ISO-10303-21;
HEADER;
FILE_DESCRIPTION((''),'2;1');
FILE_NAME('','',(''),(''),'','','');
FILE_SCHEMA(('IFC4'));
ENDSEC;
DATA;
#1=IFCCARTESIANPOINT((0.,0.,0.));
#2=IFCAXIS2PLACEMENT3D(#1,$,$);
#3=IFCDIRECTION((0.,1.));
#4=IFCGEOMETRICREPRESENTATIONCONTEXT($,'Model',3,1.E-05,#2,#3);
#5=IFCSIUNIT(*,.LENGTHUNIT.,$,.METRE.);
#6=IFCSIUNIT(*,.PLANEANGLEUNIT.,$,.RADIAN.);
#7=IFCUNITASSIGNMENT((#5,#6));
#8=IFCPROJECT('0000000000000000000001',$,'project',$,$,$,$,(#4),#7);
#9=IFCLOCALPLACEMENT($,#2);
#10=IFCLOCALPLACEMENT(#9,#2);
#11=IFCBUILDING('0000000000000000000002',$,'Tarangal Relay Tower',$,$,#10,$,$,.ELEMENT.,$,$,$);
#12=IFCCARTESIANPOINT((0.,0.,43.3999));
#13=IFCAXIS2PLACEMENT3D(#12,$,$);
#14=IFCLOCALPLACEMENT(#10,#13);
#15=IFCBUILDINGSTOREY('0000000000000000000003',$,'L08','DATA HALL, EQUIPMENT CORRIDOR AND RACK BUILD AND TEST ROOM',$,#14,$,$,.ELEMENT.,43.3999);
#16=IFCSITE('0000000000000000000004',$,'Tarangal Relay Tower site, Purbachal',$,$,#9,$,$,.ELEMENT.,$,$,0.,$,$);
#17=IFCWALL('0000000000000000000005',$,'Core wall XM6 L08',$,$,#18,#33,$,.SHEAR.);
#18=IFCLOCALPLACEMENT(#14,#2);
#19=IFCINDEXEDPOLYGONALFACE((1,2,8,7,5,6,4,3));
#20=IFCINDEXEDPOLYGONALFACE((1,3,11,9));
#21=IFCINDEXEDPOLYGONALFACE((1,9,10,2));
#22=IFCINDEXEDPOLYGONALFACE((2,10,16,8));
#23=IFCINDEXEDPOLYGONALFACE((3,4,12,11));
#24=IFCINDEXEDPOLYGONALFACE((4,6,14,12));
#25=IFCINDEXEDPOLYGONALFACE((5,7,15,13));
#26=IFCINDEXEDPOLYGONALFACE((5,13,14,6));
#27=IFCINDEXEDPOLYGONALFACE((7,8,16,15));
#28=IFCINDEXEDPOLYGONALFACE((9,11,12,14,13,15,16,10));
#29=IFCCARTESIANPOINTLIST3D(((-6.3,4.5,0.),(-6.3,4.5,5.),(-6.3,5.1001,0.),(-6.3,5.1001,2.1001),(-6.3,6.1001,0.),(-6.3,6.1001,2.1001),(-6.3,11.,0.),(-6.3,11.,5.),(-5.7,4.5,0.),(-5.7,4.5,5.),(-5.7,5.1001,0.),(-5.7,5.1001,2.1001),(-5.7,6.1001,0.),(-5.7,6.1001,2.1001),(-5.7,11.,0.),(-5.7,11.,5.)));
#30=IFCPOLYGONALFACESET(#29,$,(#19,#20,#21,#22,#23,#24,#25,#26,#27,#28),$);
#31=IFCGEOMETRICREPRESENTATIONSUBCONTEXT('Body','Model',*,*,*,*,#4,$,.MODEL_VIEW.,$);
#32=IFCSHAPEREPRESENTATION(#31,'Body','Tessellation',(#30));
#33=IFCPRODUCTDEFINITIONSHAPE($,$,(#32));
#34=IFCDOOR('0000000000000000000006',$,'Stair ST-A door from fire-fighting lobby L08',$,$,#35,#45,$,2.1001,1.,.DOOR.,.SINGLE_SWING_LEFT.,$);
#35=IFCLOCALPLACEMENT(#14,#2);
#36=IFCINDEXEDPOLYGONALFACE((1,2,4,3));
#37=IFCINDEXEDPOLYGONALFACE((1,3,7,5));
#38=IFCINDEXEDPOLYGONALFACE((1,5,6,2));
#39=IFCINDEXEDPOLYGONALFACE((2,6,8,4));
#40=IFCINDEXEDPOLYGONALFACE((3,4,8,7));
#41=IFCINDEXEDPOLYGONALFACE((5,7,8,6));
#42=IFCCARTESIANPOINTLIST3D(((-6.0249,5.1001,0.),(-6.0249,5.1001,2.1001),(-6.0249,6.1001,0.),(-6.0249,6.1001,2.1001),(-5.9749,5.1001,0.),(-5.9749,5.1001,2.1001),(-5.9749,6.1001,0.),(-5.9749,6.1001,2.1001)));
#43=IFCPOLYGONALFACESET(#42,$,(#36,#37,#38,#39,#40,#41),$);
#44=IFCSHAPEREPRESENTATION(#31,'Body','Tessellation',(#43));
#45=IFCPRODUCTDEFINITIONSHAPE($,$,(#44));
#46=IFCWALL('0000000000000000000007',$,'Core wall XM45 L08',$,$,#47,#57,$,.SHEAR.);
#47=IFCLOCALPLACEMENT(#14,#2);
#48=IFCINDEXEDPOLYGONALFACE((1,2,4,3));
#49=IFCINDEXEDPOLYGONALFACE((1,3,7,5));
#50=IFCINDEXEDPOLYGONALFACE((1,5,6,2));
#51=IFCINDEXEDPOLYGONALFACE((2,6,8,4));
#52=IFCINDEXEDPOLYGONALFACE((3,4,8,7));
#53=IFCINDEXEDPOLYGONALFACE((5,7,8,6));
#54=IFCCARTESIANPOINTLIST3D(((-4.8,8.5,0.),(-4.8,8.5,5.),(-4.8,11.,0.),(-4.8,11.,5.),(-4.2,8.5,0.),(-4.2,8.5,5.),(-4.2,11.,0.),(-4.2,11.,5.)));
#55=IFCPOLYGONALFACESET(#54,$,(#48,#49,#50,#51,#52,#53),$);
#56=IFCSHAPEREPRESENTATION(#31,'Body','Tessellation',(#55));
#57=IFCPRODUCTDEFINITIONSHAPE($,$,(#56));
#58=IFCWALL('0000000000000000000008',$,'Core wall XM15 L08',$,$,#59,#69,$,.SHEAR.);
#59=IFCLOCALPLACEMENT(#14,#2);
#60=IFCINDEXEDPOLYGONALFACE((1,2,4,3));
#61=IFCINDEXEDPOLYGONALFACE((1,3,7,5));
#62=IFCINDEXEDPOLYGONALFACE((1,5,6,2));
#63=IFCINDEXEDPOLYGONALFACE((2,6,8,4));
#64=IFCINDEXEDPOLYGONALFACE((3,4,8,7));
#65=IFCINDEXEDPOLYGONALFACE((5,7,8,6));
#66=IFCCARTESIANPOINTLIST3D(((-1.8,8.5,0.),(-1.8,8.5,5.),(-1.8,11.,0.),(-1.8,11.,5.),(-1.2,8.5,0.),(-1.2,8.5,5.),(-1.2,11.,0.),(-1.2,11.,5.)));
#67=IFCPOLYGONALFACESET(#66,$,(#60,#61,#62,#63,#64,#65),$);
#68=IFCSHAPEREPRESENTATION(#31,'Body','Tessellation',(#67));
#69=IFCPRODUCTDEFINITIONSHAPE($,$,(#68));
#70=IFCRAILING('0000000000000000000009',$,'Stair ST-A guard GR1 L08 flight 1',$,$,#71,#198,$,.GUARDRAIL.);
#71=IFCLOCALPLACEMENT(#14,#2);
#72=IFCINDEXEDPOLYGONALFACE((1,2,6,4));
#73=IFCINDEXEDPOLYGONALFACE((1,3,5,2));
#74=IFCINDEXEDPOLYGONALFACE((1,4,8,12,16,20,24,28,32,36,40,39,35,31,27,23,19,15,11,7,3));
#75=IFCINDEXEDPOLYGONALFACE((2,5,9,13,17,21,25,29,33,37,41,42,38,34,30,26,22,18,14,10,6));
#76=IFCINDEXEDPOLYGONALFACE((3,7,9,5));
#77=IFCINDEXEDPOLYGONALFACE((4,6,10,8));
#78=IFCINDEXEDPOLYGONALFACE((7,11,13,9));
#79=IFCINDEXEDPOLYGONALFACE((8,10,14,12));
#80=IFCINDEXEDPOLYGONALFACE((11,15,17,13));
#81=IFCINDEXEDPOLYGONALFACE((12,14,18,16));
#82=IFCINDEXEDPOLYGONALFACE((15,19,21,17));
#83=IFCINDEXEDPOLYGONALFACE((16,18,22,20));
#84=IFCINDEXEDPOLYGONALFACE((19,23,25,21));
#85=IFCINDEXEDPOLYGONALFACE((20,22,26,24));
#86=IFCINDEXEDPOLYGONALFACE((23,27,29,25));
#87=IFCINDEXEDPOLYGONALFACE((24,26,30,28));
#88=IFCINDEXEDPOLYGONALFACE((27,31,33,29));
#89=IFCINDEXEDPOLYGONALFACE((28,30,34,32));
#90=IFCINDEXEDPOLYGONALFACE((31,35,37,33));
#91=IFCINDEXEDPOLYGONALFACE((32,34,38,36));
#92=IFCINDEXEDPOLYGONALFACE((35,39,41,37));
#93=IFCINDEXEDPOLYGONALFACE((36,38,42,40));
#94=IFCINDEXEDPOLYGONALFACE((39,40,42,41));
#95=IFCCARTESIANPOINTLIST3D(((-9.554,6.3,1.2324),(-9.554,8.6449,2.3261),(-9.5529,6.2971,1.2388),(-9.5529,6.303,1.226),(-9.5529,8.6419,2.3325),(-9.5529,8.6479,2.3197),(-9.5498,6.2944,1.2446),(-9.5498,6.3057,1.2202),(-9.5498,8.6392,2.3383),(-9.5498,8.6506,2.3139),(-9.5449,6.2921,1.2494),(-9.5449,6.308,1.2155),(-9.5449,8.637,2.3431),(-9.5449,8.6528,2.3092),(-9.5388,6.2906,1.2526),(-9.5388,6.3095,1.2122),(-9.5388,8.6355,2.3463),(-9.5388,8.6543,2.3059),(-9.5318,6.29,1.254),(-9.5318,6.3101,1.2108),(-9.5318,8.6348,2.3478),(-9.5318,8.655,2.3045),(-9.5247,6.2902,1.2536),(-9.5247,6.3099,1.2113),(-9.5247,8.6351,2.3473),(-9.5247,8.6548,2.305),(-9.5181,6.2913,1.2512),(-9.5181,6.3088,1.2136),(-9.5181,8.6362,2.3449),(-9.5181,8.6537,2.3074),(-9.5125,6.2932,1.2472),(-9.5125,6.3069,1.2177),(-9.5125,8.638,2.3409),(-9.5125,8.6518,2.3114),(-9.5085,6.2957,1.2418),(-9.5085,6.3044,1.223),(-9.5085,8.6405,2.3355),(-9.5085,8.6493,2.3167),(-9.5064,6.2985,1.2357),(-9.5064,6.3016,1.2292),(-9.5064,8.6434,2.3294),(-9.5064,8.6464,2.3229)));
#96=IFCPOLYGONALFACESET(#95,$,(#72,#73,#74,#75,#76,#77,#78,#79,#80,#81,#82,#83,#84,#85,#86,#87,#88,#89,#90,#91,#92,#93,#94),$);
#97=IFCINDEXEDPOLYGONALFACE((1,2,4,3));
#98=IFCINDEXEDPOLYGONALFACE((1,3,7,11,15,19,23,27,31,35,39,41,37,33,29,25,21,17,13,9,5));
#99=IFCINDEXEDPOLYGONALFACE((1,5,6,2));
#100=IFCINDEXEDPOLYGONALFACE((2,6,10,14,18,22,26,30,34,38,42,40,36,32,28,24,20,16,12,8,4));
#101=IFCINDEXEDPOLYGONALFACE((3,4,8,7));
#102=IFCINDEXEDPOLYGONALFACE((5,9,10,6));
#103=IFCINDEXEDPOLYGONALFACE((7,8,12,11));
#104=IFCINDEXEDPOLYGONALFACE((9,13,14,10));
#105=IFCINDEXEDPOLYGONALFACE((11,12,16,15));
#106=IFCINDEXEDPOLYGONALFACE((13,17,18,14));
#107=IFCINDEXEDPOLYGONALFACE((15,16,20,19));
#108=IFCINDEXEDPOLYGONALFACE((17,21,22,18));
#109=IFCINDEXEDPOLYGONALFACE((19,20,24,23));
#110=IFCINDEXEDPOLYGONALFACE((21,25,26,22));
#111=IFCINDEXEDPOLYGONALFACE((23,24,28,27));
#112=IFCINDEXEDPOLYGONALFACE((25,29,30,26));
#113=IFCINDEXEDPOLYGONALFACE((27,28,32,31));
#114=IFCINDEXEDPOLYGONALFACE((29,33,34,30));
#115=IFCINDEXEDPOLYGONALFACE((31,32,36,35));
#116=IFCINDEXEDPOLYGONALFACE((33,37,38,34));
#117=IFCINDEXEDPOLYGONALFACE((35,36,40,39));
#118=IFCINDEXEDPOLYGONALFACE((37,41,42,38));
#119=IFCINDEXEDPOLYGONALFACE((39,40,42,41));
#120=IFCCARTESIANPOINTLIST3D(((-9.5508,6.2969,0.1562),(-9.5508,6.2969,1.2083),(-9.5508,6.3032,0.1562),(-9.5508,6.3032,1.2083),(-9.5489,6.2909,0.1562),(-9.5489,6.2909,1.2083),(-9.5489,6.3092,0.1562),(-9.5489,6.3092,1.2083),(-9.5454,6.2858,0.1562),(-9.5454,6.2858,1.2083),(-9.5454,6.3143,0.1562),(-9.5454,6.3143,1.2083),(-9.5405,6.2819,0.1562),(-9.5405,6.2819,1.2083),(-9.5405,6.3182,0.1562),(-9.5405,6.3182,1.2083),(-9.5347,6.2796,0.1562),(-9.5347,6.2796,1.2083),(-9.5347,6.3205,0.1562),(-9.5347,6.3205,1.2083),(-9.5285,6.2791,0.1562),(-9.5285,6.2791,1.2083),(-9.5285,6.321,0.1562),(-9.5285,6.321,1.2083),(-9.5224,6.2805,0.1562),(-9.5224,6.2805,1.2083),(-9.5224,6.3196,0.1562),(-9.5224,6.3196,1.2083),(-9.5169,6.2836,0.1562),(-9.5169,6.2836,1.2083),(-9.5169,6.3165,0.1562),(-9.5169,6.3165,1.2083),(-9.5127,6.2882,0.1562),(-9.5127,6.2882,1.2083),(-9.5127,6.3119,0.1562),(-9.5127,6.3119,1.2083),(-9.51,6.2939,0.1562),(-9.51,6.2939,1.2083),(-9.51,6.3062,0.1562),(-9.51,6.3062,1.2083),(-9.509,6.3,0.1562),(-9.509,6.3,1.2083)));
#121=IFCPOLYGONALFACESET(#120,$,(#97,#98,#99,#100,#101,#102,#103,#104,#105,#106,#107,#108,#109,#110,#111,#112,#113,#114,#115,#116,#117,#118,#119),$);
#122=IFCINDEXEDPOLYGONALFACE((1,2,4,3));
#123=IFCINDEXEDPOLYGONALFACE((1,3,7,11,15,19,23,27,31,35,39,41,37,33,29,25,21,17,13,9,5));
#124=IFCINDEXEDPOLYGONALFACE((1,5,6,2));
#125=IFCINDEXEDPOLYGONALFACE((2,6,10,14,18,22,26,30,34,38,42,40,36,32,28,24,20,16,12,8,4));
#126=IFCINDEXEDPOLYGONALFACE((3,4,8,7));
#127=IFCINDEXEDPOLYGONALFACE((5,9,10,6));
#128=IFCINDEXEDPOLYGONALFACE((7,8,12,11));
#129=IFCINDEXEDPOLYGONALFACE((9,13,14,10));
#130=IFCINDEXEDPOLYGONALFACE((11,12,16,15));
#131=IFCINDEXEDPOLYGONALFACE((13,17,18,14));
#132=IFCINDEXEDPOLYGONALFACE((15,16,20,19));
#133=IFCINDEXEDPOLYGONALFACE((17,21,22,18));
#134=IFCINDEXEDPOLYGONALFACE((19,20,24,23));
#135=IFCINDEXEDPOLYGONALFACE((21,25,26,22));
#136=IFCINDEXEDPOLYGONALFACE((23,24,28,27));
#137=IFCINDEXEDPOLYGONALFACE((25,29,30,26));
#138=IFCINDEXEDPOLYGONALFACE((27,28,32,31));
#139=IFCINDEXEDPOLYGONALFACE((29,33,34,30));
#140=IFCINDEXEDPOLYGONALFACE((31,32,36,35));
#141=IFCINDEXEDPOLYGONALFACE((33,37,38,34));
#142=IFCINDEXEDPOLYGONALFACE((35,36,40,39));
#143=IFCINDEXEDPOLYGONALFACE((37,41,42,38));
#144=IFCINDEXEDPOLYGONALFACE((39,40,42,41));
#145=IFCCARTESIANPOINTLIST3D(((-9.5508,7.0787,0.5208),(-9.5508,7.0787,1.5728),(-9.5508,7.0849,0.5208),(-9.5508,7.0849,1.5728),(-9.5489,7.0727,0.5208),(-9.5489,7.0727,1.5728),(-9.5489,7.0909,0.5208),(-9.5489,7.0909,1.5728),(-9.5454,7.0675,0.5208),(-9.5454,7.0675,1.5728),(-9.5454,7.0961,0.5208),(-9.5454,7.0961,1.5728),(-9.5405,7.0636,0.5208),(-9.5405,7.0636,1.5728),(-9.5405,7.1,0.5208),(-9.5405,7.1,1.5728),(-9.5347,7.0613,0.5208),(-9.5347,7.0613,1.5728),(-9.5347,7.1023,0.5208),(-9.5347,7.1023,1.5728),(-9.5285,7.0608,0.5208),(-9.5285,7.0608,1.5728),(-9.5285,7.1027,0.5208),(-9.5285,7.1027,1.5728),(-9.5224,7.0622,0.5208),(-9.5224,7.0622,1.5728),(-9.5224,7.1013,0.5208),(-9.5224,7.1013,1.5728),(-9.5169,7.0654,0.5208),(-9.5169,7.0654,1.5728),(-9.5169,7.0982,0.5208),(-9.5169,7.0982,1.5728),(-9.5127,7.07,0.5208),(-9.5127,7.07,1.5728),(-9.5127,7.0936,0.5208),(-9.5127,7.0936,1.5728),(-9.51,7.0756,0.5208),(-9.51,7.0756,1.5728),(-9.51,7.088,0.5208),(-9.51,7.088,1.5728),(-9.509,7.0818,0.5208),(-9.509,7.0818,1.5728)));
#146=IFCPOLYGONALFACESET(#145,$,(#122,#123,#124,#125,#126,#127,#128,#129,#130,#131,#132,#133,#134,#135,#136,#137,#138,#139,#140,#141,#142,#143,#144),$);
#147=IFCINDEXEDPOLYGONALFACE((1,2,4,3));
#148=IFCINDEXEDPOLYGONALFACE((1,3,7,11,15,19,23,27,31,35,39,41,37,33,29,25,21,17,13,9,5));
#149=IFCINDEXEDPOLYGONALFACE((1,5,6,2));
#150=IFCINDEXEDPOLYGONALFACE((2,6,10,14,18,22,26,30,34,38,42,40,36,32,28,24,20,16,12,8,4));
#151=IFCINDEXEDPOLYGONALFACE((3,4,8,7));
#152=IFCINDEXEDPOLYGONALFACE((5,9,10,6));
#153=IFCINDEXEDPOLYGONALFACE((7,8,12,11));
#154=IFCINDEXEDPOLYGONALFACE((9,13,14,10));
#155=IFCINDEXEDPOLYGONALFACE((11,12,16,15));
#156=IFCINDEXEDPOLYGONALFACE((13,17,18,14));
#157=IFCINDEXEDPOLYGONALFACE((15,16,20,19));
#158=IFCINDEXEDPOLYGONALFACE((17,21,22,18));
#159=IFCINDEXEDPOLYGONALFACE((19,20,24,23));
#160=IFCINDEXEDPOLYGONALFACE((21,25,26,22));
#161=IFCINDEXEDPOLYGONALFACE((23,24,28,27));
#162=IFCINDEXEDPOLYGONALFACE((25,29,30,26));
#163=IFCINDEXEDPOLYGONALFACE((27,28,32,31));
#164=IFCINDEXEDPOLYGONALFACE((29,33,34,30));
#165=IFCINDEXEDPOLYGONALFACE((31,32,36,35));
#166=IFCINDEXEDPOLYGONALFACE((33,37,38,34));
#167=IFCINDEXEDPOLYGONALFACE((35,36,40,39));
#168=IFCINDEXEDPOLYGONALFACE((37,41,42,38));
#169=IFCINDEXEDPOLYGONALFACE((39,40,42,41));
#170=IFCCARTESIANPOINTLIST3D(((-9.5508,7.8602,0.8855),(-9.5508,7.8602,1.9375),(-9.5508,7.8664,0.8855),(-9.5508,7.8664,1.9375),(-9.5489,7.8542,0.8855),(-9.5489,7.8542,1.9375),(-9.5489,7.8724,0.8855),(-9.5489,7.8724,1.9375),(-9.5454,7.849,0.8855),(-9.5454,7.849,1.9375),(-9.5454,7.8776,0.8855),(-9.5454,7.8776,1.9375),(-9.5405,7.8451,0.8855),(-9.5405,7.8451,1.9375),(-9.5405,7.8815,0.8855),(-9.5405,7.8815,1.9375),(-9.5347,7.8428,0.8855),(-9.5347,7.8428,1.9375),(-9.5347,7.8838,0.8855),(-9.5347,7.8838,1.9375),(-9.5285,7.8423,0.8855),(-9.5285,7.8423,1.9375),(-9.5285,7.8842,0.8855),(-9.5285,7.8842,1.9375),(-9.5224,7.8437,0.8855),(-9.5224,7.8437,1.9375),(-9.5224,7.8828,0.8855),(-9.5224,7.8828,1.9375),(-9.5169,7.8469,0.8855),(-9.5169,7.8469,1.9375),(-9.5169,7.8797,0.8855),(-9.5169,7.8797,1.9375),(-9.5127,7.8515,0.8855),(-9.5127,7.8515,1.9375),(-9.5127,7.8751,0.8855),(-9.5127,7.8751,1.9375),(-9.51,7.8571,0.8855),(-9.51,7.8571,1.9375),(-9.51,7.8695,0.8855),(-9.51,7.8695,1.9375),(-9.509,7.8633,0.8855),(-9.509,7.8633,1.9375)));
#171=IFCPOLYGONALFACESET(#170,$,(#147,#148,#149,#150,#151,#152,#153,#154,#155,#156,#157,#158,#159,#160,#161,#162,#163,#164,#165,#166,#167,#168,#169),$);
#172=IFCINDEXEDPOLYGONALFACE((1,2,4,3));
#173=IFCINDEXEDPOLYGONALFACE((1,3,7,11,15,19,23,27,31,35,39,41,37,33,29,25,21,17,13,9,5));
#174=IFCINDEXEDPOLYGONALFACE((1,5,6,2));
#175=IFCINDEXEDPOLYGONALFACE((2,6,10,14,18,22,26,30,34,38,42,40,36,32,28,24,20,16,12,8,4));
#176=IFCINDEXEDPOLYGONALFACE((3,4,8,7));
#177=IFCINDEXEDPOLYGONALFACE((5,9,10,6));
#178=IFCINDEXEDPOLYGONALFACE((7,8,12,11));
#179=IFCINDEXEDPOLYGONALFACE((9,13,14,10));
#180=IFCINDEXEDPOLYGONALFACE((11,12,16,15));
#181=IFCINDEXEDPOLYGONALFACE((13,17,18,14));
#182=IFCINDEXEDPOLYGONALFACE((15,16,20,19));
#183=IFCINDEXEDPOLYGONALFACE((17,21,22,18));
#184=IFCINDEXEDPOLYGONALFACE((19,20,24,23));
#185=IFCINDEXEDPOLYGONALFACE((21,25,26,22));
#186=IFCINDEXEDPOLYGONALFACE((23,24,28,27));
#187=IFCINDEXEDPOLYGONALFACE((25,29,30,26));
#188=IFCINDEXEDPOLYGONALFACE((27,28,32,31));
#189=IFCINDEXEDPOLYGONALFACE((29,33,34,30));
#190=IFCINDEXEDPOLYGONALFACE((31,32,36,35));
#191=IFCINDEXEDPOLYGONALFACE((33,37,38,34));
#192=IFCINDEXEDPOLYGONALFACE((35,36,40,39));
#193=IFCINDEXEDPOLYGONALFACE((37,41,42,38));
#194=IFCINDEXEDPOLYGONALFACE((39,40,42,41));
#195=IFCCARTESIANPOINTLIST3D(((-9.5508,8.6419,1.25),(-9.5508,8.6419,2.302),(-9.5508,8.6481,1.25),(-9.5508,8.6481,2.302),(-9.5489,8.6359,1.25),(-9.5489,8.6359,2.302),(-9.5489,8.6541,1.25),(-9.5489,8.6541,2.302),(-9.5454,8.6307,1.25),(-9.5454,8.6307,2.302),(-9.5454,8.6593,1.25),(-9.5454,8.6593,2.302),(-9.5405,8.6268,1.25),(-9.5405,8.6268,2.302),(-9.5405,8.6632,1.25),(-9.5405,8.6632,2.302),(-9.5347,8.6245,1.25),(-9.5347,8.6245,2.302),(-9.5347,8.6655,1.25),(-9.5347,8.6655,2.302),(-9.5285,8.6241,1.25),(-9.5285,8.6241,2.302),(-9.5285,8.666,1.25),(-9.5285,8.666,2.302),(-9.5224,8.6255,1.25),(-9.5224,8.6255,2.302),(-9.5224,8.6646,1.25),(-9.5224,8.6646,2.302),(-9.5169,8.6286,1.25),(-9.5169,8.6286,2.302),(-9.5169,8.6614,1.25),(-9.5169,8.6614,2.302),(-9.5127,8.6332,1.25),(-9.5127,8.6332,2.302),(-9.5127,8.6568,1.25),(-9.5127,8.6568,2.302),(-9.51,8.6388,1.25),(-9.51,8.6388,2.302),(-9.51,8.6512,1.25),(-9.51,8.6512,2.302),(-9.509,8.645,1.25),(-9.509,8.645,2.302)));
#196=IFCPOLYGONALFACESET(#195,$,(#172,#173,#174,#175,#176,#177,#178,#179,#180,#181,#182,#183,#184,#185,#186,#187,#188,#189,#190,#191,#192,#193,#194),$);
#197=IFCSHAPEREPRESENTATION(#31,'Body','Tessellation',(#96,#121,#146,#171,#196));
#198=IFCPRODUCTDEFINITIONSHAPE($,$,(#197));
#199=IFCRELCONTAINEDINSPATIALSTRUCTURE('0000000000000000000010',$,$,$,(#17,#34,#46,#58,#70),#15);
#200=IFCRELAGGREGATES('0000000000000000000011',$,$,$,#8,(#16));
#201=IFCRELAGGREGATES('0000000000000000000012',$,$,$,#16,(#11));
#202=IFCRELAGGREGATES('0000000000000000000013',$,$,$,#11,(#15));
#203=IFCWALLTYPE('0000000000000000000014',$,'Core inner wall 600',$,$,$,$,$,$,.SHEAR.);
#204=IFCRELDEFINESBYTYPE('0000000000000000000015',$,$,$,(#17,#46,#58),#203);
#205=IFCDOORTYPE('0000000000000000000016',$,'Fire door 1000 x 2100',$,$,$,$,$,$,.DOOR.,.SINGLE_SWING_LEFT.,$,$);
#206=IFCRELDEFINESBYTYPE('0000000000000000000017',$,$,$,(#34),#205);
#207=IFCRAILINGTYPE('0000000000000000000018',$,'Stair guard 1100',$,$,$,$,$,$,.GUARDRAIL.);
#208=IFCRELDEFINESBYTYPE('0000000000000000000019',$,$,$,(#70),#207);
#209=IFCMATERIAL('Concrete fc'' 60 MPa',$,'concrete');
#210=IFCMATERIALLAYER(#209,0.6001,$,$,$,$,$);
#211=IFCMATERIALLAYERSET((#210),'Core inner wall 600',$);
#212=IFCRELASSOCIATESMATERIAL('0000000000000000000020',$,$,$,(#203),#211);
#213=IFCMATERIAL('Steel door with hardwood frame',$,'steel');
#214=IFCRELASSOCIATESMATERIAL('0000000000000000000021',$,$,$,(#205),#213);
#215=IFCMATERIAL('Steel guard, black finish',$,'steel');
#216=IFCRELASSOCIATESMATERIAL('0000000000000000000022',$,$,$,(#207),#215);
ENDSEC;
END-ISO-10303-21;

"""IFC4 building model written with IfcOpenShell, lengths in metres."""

from ifc_helpers import new_model, si_unit, direction, frame, frame_2d, origin, origin_2d, place, context, subcontext, project, spatial, rectangle, circle, extrude, material, layer, layer_set, type_object, element, fill, save


model = new_model("IFC4")

# Units and contexts
model_context = context("Model", 3, precision=1e-05, world=origin(), true_north=direction((0.0, 1.0)))
body_context = subcontext(model_context, "Body", "Model", "MODEL_VIEW")
ifc_project = project(units=[si_unit("LENGTHUNIT", "METRE"), si_unit("PLANEANGLEUNIT", "RADIAN")], contexts=[model_context])

# Site, building, storey
site_placement = place(None, origin())
site = spatial("IfcSite", under=ifc_project, at=site_placement, Name="Tarangal Relay Tower site, Purbachal", CompositionType="ELEMENT", RefElevation=0.0)
building_placement = place(site_placement, origin())
building = spatial("IfcBuilding", under=site, at=building_placement, Name="Tarangal Relay Tower", CompositionType="ELEMENT")
storey_placement = place(building_placement, frame((0.0, 0.0, 43.3999)))
storey = spatial("IfcBuildingStorey", under=building, at=storey_placement, Name="L08", Description="DATA HALL, EQUIPMENT CORRIDOR AND RACK BUILD AND TEST ROOM", CompositionType="ELEMENT", Elevation=43.3999)

# Shared definitions
ifc_material_1 = material(Name="Concrete fc' 60 MPa", Category="concrete")
ifc_layer_1 = layer(ifc_material_1, 0.6001)
ifc_layer_set_1 = layer_set([ifc_layer_1], Name="Core inner wall 600")
wall_type = type_object("IfcWallType", Name="Core inner wall 600", PredefinedType="SHEAR", material=ifc_layer_set_1)
ifc_material_2 = material(Name="Steel door with hardwood frame", Category="steel")

# Wall, opening, door
wall_1_placement = place(storey_placement, frame((-6.0, 4.5, 0.0), z_axis=(0.0, 0.0, 1.0), x_axis=(0.0, 1.0, 0.0)))
wall_1 = element("IfcWall", 1, at=wall_1_placement, inside=storey, type_object=wall_type, Name="Core wall XM6 L08", PredefinedType="SHEAR", context=body_context, shape_type="SweptSolid", body=[
    extrude(rectangle(XDim=6.5, YDim=0.6001, at=frame_2d((3.25, 0.0))), origin(), (0.0, 0.0, 1.0), 5.0),
])
opening_1_placement = place(wall_1_placement, frame((0.6001, 0.0, 0.0)))
opening_1 = element("IfcOpeningElement", 2, at=opening_1_placement, cuts=wall_1, PredefinedType="OPENING", context=body_context, shape_type="SweptSolid", body=[
    extrude(rectangle(XDim=1.0, YDim=2.1001, at=frame_2d((0.5, 1.05))), frame((0.0, 0.3101, 0.0), z_axis=(0.0, -1.0, 0.0), x_axis=(1.0, 0.0, 0.0)), (0.0, 0.0, 1.0), 0.6201),
])
door_type_1 = type_object("IfcDoorType", Name="Fire door 1000 x 2100", OperationType="SINGLE_SWING_LEFT", PredefinedType="DOOR", material=ifc_material_2)
door_1_placement = place(opening_1_placement, origin())
door_1 = element("IfcDoor", 3, at=door_1_placement, inside=storey, type_object=door_type_1, Name="Stair ST-A door from fire-fighting lobby L08", OperationType="SINGLE_SWING_LEFT", OverallHeight=2.1001, OverallWidth=1.0, PredefinedType="DOOR", context=body_context, shape_type="SweptSolid", body=[
    extrude(rectangle(XDim=1.0, YDim=2.1001, at=frame_2d((0.5, 1.05))), frame((0.0, 0.0249, 0.0), z_axis=(0.0, -1.0, 0.0), x_axis=(1.0, 0.0, 0.0)), (0.0, 0.0, 1.0), 0.05),
])
fill(opening_1, door_1)

# Walls
for number, where, z_axis, x_axis, name in (
    (4, (-4.5, 8.5, 0.0), (0.0, 0.0, 1.0), (0.0, 1.0, 0.0), "Core wall XM45 L08"),
    (5, (-1.5, 8.5, 0.0), (0.0, 0.0, 1.0), (0.0, 1.0, 0.0), "Core wall XM15 L08"),
):
    element("IfcWall", number, at=place(storey_placement, frame(where, z_axis=z_axis, x_axis=x_axis)), inside=storey, type_object=wall_type, Name=name, PredefinedType="SHEAR", context=body_context, shape_type="SweptSolid", body=[
        extrude(rectangle(XDim=2.5, YDim=0.6001, at=frame_2d((1.25, 0.0))), origin(), (0.0, 0.0, 1.0), 5.0),
    ])

# Railing
ifc_material_3 = material(Name="Steel guard, black finish", Category="steel")
railing_type = type_object("IfcRailingType", Name="Stair guard 1100", PredefinedType="GUARDRAIL", material=ifc_material_3)
railing_1_placement = place(storey_placement, frame((-9.53, 6.3, 0.1562)))
element("IfcRailing", 6, at=railing_1_placement, inside=storey, type_object=railing_type, Name="Stair ST-A guard GR1 L08 flight 1", PredefinedType="GUARDRAIL", context=body_context, shape_type="SweptSolid", body=[
    extrude(circle(Radius=0.0239, at=origin_2d()), frame((0.0, 0.0, 1.0762), z_axis=(0.0, 0.906267, 0.422705), x_axis=(-1.0, 0.0, 0.0)), (0.0, 0.0, 1.0), 2.5874),
    extrude(circle(Radius=0.021, at=origin_2d()), origin(), (0.0, 0.0, 1.0), 1.052),
    extrude(circle(Radius=0.021, at=origin_2d()), frame((0.0, 0.7817, 0.3645)), (0.0, 0.0, 1.0), 1.052),
    extrude(circle(Radius=0.021, at=origin_2d()), frame((0.0, 1.5632, 0.7292)), (0.0, 0.0, 1.0), 1.052),
    extrude(circle(Radius=0.021, at=origin_2d()), frame((0.0, 2.345, 1.0938)), (0.0, 0.0, 1.0), 1.052),
])

save(model, "model.ifc")
